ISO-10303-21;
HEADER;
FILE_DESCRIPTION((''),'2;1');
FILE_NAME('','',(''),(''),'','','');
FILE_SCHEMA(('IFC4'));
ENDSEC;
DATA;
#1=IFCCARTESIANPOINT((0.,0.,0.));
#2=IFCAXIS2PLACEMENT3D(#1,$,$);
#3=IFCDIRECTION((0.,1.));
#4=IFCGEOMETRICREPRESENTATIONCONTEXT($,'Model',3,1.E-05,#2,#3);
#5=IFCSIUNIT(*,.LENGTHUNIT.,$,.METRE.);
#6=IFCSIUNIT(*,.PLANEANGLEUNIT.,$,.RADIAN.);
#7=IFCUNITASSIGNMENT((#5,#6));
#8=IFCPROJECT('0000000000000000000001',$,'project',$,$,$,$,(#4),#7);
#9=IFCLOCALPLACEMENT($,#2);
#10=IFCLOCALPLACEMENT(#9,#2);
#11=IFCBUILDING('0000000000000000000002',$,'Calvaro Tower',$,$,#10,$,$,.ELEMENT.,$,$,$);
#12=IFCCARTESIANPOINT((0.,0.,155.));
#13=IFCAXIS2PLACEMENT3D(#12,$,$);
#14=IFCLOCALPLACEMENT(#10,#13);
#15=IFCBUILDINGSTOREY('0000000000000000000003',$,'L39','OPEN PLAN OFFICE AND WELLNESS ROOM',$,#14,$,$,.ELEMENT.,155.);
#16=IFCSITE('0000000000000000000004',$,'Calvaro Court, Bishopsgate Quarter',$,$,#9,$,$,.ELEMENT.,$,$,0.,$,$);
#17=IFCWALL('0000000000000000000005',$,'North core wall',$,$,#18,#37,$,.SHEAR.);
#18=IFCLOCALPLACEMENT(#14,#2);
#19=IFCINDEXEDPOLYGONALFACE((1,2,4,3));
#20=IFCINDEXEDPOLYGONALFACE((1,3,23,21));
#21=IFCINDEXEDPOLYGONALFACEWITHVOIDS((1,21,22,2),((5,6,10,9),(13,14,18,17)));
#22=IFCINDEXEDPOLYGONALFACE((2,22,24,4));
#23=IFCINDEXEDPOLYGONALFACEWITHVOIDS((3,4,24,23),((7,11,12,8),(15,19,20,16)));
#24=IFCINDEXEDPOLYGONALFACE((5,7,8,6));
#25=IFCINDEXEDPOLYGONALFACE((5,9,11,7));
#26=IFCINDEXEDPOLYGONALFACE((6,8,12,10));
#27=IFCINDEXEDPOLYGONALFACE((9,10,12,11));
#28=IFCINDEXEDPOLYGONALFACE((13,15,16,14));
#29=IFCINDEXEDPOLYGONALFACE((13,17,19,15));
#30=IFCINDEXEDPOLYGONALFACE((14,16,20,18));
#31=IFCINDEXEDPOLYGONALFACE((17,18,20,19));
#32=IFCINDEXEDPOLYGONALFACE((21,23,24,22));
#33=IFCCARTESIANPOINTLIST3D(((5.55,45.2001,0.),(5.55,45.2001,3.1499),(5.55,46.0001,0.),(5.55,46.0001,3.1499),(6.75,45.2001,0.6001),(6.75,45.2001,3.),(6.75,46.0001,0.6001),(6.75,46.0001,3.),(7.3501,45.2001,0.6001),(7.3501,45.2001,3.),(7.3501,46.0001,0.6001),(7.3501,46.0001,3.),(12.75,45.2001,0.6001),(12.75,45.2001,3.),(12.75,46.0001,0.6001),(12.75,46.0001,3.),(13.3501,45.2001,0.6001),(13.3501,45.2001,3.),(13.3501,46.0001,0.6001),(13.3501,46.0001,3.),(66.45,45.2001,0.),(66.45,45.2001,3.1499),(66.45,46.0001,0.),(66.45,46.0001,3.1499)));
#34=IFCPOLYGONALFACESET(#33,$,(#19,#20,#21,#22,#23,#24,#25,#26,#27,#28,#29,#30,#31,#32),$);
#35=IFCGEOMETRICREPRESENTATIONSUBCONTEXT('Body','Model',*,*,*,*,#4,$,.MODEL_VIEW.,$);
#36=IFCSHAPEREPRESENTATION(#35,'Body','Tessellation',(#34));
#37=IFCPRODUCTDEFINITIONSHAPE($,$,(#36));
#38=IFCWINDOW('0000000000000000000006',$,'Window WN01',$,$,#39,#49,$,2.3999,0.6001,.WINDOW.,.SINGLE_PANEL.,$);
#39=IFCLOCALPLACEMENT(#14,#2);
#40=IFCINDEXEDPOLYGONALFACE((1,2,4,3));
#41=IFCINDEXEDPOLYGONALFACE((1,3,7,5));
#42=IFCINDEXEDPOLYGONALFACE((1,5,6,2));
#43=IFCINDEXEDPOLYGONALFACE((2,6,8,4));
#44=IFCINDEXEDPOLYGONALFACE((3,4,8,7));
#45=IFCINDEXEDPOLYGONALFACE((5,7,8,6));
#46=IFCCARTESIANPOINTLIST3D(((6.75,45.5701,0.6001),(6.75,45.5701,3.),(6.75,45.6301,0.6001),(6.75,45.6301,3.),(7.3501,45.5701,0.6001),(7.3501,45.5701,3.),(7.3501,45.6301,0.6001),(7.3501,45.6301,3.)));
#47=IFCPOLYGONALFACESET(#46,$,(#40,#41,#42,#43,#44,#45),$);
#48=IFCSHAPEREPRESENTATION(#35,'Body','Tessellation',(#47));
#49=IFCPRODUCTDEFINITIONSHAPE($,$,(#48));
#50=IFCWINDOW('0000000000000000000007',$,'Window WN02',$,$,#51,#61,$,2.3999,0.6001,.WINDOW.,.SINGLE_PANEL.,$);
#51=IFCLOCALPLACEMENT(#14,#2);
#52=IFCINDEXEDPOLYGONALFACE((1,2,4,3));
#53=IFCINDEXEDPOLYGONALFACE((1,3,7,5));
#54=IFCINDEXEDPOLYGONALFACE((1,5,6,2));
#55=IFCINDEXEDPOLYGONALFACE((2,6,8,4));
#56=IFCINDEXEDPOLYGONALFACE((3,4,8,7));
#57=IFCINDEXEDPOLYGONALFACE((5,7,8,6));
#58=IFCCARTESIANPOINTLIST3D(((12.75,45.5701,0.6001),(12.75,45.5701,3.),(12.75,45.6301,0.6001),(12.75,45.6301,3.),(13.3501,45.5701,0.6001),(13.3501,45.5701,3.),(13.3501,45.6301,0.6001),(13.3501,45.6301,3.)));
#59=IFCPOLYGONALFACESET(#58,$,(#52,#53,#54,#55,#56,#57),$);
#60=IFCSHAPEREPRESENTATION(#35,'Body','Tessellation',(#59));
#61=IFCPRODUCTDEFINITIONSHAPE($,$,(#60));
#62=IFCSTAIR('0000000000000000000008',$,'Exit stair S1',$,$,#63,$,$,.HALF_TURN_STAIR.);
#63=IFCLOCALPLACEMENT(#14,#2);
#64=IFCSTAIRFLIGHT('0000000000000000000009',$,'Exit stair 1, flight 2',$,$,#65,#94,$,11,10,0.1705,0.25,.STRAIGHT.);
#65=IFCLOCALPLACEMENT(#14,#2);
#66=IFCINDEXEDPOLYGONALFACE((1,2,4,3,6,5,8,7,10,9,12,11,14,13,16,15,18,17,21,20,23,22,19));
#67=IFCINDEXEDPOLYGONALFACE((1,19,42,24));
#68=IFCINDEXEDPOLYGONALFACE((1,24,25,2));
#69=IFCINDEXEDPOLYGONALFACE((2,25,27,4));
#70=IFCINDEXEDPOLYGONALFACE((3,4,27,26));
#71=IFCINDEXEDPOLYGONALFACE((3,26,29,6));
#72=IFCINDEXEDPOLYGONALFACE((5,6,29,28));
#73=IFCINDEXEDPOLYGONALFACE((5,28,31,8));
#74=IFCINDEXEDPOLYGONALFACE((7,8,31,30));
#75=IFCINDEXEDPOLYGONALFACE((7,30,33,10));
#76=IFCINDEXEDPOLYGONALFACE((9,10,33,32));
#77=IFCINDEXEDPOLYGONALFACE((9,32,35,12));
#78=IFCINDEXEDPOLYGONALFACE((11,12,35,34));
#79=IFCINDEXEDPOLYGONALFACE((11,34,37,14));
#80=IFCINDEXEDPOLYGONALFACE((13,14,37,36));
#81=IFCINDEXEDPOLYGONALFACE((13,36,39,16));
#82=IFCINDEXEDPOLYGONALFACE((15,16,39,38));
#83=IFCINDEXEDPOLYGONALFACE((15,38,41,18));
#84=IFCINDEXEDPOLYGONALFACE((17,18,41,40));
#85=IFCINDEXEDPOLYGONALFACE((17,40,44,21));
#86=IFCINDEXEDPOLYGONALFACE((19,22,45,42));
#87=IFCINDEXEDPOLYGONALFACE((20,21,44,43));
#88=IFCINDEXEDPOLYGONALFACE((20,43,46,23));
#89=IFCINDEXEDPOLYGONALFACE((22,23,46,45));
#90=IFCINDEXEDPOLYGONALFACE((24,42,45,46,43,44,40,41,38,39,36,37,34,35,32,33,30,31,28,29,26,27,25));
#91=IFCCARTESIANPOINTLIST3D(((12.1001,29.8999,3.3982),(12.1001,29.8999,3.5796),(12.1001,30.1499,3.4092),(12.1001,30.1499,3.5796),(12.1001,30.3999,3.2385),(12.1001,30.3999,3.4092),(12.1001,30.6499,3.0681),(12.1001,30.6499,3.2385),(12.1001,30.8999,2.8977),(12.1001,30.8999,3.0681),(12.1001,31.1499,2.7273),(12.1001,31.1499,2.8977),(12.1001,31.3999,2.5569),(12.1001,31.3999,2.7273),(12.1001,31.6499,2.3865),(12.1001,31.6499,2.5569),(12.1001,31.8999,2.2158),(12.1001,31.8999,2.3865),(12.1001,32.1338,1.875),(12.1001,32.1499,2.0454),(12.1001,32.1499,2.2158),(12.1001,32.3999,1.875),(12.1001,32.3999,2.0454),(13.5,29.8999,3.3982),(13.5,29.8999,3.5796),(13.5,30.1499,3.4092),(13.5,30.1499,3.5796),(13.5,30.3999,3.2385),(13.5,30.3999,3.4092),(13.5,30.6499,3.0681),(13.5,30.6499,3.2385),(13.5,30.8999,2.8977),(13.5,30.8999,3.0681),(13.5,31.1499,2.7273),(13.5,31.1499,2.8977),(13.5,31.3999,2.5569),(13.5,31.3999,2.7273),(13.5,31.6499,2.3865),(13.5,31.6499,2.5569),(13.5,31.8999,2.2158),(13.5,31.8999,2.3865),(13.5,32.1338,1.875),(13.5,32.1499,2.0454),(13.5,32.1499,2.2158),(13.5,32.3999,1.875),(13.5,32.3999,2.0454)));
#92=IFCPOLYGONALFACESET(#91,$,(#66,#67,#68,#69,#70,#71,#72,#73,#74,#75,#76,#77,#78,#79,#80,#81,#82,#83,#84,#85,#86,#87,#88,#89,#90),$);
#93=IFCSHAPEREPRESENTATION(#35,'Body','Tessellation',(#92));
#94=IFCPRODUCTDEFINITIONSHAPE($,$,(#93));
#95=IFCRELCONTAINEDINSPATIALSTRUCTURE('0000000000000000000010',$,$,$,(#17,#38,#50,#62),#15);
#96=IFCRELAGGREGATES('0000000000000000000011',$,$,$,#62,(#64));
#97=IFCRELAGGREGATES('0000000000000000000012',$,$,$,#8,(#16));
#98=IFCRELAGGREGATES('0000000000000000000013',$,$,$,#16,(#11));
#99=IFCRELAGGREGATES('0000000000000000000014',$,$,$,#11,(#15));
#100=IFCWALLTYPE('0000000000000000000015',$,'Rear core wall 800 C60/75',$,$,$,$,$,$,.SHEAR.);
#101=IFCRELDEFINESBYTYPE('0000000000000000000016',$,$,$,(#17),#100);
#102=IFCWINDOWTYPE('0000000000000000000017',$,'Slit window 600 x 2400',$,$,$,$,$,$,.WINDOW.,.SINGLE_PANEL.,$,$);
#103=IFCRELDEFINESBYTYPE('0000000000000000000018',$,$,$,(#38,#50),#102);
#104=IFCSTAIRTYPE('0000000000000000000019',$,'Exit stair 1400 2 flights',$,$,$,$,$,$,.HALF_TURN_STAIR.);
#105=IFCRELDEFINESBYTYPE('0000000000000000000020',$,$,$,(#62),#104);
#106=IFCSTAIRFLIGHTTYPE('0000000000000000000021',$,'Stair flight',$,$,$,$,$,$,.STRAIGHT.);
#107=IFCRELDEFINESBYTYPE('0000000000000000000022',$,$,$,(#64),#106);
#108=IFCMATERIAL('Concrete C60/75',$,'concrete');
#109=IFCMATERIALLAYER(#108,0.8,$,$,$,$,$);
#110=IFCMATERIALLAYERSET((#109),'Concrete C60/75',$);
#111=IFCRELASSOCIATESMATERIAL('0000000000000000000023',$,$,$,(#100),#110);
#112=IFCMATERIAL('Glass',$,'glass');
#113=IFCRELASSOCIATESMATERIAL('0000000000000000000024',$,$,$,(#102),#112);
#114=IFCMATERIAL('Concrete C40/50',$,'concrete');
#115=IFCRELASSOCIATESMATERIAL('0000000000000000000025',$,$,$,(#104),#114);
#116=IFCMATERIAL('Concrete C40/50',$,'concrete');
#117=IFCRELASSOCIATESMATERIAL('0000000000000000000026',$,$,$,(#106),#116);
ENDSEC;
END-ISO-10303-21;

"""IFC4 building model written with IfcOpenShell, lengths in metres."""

from ifc_helpers import new_model, si_unit, direction, frame, frame_2d, origin, place, context, subcontext, project, spatial, polyline, rectangle, outline, extrude, material, layer, layer_set, type_object, element, fill, aggregate, save


model = new_model("IFC4")

# Units and contexts
model_context = context("Model", 3, precision=1e-05, world=origin(), true_north=direction((0.0, 1.0)))
body_context = subcontext(model_context, "Body", "Model", "MODEL_VIEW")
ifc_project = project(units=[si_unit("LENGTHUNIT", "METRE"), si_unit("PLANEANGLEUNIT", "RADIAN")], contexts=[model_context])

# Site, building, storey
site_placement = place(None, origin())
site = spatial("IfcSite", under=ifc_project, at=site_placement, Name="Calvaro Court, Bishopsgate Quarter", CompositionType="ELEMENT", RefElevation=0.0)
building_placement = place(site_placement, origin())
building = spatial("IfcBuilding", under=site, at=building_placement, Name="Calvaro Tower", CompositionType="ELEMENT")
storey_placement = place(building_placement, frame((0.0, 0.0, 155.0)))
storey = spatial("IfcBuildingStorey", under=building, at=storey_placement, Name="L39", Description="OPEN PLAN OFFICE AND WELLNESS ROOM", CompositionType="ELEMENT", Elevation=155.0)

# Wall, openings, windows
ifc_material_1 = material(Name="Concrete C60/75", Category="concrete")
ifc_layer_1 = layer(ifc_material_1, 0.8)
ifc_layer_set_1 = layer_set([ifc_layer_1], Name="Concrete C60/75")
wall_type_1 = type_object("IfcWallType", Name="Rear core wall 800 C60/75", PredefinedType="SHEAR", material=ifc_layer_set_1)
wall_1_placement = place(storey_placement, frame((5.55, 45.6001, 0.0), z_axis=(0.0, 0.0, 1.0), x_axis=(1.0, 0.0, 0.0)))
wall_1 = element("IfcWall", 1, at=wall_1_placement, inside=storey, type_object=wall_type_1, Name="North core wall", PredefinedType="SHEAR", context=body_context, shape_type="SweptSolid", body=[
    extrude(rectangle(XDim=60.8999, YDim=0.8, at=frame_2d((30.45, 0.0))), origin(), (0.0, 0.0, 1.0), 3.1499),
])
opening_1_placement = place(wall_1_placement, frame((1.2, 0.0, 0.6001)))
opening_1 = element("IfcOpeningElement", 2, at=opening_1_placement, cuts=wall_1, PredefinedType="OPENING", context=body_context, shape_type="SweptSolid", body=[
    extrude(rectangle(XDim=0.6001, YDim=2.3999, at=frame_2d((0.3, 1.2))), frame((0.0, 0.4099, 0.0), z_axis=(0.0, -1.0, 0.0), x_axis=(1.0, 0.0, 0.0)), (0.0, 0.0, 1.0), 0.8201),
])
opening_2_placement = place(wall_1_placement, frame((7.2, 0.0, 0.6001)))
opening_2 = element("IfcOpeningElement", 3, at=opening_2_placement, cuts=wall_1, PredefinedType="OPENING", context=body_context, shape_type="SweptSolid", body=[
    extrude(rectangle(XDim=0.6001, YDim=2.3999, at=frame_2d((0.3, 1.2))), frame((0.0, 0.4099, 0.0), z_axis=(0.0, -1.0, 0.0), x_axis=(1.0, 0.0, 0.0)), (0.0, 0.0, 1.0), 0.8201),
])
ifc_material_2 = material(Name="Glass", Category="glass")
window_type = type_object("IfcWindowType", Name="Slit window 600 x 2400", PartitioningType="SINGLE_PANEL", PredefinedType="WINDOW", material=ifc_material_2)
window_1_placement = place(opening_1_placement, origin())
window_1 = element("IfcWindow", 4, at=window_1_placement, inside=storey, type_object=window_type, Name="Window WN01", OverallHeight=2.3999, OverallWidth=0.6001, PartitioningType="SINGLE_PANEL", PredefinedType="WINDOW", context=body_context, shape_type="SweptSolid", body=[
    extrude(rectangle(XDim=0.6001, YDim=2.3999, at=frame_2d((0.3, 1.2))), frame((0.0, 0.03, 0.0), z_axis=(0.0, -1.0, 0.0), x_axis=(1.0, 0.0, 0.0)), (0.0, 0.0, 1.0), 0.0601),
])
fill(opening_1, window_1)
window_2_placement = place(opening_2_placement, origin())
window_2 = element("IfcWindow", 5, at=window_2_placement, inside=storey, type_object=window_type, Name="Window WN02", OverallHeight=2.3999, OverallWidth=0.6001, PartitioningType="SINGLE_PANEL", PredefinedType="WINDOW", context=body_context, shape_type="SweptSolid", body=[
    extrude(rectangle(XDim=0.6001, YDim=2.3999, at=frame_2d((0.3, 1.2))), frame((0.0, 0.03, 0.0), z_axis=(0.0, -1.0, 0.0), x_axis=(1.0, 0.0, 0.0)), (0.0, 0.0, 1.0), 0.0601),
])
fill(opening_2, window_2)

# Stair, stair flight
ifc_material_3 = material(Name="Concrete C40/50", Category="concrete")
stair_type = type_object("IfcStairType", Name="Exit stair 1400 2 flights", PredefinedType="HALF_TURN_STAIR", material=ifc_material_3)
stair_placement = place(storey_placement, origin())
stair = element("IfcStair", 6, at=stair_placement, inside=storey, type_object=stair_type, Name="Exit stair S1", PredefinedType="HALF_TURN_STAIR")
ifc_material_4 = material(Name="Concrete C40/50", Category="concrete")
stair_flight_type = type_object("IfcStairFlightType", Name="Stair flight", PredefinedType="STRAIGHT", material=ifc_material_4)
stair_flight_placement = place(storey_placement, frame((12.8, 32.3999, 1.875), z_axis=(0.0, 0.0, 1.0), x_axis=(0.0, -1.0, 0.0)))
stair_flight = element("IfcStairFlight", 7, at=stair_flight_placement, type_object=stair_flight_type, Name="Exit stair 1, flight 2", NumberOfRisers=11, NumberOfTreads=10, PredefinedType="STRAIGHT", RiserHeight=0.1705, TreadLength=0.25, context=body_context, shape_type="SweptSolid", body=[
    extrude(outline(polyline([(0.0, 0.0), (0.0, 0.1704), (0.25, 0.1704), (0.25, 0.3408), (0.5, 0.3408), (0.5, 0.5115), (0.75, 0.5115), (0.75, 0.6819), (1.0, 0.6819), (1.0, 0.8523), (1.25, 0.8523), (1.25, 1.0227), (1.5, 1.0227), (1.5, 1.1931), (1.75, 1.1931), (1.75, 1.3635), (2.0, 1.3635), (2.0, 1.5342), (2.25, 1.5342), (2.25, 1.7046), (2.5, 1.7046), (2.5, 1.875), (2.5, 1.5232), (0.2661, 0.0), (0.0, 0.0)])), frame((0.0, 0.7, 0.0), z_axis=(0.0, -1.0, 0.0), x_axis=(1.0, 0.0, 0.0)), (0.0, 0.0, 1.0), 1.3999),
])
aggregate(stair, [stair_flight])

save(model, "model.ifc")
